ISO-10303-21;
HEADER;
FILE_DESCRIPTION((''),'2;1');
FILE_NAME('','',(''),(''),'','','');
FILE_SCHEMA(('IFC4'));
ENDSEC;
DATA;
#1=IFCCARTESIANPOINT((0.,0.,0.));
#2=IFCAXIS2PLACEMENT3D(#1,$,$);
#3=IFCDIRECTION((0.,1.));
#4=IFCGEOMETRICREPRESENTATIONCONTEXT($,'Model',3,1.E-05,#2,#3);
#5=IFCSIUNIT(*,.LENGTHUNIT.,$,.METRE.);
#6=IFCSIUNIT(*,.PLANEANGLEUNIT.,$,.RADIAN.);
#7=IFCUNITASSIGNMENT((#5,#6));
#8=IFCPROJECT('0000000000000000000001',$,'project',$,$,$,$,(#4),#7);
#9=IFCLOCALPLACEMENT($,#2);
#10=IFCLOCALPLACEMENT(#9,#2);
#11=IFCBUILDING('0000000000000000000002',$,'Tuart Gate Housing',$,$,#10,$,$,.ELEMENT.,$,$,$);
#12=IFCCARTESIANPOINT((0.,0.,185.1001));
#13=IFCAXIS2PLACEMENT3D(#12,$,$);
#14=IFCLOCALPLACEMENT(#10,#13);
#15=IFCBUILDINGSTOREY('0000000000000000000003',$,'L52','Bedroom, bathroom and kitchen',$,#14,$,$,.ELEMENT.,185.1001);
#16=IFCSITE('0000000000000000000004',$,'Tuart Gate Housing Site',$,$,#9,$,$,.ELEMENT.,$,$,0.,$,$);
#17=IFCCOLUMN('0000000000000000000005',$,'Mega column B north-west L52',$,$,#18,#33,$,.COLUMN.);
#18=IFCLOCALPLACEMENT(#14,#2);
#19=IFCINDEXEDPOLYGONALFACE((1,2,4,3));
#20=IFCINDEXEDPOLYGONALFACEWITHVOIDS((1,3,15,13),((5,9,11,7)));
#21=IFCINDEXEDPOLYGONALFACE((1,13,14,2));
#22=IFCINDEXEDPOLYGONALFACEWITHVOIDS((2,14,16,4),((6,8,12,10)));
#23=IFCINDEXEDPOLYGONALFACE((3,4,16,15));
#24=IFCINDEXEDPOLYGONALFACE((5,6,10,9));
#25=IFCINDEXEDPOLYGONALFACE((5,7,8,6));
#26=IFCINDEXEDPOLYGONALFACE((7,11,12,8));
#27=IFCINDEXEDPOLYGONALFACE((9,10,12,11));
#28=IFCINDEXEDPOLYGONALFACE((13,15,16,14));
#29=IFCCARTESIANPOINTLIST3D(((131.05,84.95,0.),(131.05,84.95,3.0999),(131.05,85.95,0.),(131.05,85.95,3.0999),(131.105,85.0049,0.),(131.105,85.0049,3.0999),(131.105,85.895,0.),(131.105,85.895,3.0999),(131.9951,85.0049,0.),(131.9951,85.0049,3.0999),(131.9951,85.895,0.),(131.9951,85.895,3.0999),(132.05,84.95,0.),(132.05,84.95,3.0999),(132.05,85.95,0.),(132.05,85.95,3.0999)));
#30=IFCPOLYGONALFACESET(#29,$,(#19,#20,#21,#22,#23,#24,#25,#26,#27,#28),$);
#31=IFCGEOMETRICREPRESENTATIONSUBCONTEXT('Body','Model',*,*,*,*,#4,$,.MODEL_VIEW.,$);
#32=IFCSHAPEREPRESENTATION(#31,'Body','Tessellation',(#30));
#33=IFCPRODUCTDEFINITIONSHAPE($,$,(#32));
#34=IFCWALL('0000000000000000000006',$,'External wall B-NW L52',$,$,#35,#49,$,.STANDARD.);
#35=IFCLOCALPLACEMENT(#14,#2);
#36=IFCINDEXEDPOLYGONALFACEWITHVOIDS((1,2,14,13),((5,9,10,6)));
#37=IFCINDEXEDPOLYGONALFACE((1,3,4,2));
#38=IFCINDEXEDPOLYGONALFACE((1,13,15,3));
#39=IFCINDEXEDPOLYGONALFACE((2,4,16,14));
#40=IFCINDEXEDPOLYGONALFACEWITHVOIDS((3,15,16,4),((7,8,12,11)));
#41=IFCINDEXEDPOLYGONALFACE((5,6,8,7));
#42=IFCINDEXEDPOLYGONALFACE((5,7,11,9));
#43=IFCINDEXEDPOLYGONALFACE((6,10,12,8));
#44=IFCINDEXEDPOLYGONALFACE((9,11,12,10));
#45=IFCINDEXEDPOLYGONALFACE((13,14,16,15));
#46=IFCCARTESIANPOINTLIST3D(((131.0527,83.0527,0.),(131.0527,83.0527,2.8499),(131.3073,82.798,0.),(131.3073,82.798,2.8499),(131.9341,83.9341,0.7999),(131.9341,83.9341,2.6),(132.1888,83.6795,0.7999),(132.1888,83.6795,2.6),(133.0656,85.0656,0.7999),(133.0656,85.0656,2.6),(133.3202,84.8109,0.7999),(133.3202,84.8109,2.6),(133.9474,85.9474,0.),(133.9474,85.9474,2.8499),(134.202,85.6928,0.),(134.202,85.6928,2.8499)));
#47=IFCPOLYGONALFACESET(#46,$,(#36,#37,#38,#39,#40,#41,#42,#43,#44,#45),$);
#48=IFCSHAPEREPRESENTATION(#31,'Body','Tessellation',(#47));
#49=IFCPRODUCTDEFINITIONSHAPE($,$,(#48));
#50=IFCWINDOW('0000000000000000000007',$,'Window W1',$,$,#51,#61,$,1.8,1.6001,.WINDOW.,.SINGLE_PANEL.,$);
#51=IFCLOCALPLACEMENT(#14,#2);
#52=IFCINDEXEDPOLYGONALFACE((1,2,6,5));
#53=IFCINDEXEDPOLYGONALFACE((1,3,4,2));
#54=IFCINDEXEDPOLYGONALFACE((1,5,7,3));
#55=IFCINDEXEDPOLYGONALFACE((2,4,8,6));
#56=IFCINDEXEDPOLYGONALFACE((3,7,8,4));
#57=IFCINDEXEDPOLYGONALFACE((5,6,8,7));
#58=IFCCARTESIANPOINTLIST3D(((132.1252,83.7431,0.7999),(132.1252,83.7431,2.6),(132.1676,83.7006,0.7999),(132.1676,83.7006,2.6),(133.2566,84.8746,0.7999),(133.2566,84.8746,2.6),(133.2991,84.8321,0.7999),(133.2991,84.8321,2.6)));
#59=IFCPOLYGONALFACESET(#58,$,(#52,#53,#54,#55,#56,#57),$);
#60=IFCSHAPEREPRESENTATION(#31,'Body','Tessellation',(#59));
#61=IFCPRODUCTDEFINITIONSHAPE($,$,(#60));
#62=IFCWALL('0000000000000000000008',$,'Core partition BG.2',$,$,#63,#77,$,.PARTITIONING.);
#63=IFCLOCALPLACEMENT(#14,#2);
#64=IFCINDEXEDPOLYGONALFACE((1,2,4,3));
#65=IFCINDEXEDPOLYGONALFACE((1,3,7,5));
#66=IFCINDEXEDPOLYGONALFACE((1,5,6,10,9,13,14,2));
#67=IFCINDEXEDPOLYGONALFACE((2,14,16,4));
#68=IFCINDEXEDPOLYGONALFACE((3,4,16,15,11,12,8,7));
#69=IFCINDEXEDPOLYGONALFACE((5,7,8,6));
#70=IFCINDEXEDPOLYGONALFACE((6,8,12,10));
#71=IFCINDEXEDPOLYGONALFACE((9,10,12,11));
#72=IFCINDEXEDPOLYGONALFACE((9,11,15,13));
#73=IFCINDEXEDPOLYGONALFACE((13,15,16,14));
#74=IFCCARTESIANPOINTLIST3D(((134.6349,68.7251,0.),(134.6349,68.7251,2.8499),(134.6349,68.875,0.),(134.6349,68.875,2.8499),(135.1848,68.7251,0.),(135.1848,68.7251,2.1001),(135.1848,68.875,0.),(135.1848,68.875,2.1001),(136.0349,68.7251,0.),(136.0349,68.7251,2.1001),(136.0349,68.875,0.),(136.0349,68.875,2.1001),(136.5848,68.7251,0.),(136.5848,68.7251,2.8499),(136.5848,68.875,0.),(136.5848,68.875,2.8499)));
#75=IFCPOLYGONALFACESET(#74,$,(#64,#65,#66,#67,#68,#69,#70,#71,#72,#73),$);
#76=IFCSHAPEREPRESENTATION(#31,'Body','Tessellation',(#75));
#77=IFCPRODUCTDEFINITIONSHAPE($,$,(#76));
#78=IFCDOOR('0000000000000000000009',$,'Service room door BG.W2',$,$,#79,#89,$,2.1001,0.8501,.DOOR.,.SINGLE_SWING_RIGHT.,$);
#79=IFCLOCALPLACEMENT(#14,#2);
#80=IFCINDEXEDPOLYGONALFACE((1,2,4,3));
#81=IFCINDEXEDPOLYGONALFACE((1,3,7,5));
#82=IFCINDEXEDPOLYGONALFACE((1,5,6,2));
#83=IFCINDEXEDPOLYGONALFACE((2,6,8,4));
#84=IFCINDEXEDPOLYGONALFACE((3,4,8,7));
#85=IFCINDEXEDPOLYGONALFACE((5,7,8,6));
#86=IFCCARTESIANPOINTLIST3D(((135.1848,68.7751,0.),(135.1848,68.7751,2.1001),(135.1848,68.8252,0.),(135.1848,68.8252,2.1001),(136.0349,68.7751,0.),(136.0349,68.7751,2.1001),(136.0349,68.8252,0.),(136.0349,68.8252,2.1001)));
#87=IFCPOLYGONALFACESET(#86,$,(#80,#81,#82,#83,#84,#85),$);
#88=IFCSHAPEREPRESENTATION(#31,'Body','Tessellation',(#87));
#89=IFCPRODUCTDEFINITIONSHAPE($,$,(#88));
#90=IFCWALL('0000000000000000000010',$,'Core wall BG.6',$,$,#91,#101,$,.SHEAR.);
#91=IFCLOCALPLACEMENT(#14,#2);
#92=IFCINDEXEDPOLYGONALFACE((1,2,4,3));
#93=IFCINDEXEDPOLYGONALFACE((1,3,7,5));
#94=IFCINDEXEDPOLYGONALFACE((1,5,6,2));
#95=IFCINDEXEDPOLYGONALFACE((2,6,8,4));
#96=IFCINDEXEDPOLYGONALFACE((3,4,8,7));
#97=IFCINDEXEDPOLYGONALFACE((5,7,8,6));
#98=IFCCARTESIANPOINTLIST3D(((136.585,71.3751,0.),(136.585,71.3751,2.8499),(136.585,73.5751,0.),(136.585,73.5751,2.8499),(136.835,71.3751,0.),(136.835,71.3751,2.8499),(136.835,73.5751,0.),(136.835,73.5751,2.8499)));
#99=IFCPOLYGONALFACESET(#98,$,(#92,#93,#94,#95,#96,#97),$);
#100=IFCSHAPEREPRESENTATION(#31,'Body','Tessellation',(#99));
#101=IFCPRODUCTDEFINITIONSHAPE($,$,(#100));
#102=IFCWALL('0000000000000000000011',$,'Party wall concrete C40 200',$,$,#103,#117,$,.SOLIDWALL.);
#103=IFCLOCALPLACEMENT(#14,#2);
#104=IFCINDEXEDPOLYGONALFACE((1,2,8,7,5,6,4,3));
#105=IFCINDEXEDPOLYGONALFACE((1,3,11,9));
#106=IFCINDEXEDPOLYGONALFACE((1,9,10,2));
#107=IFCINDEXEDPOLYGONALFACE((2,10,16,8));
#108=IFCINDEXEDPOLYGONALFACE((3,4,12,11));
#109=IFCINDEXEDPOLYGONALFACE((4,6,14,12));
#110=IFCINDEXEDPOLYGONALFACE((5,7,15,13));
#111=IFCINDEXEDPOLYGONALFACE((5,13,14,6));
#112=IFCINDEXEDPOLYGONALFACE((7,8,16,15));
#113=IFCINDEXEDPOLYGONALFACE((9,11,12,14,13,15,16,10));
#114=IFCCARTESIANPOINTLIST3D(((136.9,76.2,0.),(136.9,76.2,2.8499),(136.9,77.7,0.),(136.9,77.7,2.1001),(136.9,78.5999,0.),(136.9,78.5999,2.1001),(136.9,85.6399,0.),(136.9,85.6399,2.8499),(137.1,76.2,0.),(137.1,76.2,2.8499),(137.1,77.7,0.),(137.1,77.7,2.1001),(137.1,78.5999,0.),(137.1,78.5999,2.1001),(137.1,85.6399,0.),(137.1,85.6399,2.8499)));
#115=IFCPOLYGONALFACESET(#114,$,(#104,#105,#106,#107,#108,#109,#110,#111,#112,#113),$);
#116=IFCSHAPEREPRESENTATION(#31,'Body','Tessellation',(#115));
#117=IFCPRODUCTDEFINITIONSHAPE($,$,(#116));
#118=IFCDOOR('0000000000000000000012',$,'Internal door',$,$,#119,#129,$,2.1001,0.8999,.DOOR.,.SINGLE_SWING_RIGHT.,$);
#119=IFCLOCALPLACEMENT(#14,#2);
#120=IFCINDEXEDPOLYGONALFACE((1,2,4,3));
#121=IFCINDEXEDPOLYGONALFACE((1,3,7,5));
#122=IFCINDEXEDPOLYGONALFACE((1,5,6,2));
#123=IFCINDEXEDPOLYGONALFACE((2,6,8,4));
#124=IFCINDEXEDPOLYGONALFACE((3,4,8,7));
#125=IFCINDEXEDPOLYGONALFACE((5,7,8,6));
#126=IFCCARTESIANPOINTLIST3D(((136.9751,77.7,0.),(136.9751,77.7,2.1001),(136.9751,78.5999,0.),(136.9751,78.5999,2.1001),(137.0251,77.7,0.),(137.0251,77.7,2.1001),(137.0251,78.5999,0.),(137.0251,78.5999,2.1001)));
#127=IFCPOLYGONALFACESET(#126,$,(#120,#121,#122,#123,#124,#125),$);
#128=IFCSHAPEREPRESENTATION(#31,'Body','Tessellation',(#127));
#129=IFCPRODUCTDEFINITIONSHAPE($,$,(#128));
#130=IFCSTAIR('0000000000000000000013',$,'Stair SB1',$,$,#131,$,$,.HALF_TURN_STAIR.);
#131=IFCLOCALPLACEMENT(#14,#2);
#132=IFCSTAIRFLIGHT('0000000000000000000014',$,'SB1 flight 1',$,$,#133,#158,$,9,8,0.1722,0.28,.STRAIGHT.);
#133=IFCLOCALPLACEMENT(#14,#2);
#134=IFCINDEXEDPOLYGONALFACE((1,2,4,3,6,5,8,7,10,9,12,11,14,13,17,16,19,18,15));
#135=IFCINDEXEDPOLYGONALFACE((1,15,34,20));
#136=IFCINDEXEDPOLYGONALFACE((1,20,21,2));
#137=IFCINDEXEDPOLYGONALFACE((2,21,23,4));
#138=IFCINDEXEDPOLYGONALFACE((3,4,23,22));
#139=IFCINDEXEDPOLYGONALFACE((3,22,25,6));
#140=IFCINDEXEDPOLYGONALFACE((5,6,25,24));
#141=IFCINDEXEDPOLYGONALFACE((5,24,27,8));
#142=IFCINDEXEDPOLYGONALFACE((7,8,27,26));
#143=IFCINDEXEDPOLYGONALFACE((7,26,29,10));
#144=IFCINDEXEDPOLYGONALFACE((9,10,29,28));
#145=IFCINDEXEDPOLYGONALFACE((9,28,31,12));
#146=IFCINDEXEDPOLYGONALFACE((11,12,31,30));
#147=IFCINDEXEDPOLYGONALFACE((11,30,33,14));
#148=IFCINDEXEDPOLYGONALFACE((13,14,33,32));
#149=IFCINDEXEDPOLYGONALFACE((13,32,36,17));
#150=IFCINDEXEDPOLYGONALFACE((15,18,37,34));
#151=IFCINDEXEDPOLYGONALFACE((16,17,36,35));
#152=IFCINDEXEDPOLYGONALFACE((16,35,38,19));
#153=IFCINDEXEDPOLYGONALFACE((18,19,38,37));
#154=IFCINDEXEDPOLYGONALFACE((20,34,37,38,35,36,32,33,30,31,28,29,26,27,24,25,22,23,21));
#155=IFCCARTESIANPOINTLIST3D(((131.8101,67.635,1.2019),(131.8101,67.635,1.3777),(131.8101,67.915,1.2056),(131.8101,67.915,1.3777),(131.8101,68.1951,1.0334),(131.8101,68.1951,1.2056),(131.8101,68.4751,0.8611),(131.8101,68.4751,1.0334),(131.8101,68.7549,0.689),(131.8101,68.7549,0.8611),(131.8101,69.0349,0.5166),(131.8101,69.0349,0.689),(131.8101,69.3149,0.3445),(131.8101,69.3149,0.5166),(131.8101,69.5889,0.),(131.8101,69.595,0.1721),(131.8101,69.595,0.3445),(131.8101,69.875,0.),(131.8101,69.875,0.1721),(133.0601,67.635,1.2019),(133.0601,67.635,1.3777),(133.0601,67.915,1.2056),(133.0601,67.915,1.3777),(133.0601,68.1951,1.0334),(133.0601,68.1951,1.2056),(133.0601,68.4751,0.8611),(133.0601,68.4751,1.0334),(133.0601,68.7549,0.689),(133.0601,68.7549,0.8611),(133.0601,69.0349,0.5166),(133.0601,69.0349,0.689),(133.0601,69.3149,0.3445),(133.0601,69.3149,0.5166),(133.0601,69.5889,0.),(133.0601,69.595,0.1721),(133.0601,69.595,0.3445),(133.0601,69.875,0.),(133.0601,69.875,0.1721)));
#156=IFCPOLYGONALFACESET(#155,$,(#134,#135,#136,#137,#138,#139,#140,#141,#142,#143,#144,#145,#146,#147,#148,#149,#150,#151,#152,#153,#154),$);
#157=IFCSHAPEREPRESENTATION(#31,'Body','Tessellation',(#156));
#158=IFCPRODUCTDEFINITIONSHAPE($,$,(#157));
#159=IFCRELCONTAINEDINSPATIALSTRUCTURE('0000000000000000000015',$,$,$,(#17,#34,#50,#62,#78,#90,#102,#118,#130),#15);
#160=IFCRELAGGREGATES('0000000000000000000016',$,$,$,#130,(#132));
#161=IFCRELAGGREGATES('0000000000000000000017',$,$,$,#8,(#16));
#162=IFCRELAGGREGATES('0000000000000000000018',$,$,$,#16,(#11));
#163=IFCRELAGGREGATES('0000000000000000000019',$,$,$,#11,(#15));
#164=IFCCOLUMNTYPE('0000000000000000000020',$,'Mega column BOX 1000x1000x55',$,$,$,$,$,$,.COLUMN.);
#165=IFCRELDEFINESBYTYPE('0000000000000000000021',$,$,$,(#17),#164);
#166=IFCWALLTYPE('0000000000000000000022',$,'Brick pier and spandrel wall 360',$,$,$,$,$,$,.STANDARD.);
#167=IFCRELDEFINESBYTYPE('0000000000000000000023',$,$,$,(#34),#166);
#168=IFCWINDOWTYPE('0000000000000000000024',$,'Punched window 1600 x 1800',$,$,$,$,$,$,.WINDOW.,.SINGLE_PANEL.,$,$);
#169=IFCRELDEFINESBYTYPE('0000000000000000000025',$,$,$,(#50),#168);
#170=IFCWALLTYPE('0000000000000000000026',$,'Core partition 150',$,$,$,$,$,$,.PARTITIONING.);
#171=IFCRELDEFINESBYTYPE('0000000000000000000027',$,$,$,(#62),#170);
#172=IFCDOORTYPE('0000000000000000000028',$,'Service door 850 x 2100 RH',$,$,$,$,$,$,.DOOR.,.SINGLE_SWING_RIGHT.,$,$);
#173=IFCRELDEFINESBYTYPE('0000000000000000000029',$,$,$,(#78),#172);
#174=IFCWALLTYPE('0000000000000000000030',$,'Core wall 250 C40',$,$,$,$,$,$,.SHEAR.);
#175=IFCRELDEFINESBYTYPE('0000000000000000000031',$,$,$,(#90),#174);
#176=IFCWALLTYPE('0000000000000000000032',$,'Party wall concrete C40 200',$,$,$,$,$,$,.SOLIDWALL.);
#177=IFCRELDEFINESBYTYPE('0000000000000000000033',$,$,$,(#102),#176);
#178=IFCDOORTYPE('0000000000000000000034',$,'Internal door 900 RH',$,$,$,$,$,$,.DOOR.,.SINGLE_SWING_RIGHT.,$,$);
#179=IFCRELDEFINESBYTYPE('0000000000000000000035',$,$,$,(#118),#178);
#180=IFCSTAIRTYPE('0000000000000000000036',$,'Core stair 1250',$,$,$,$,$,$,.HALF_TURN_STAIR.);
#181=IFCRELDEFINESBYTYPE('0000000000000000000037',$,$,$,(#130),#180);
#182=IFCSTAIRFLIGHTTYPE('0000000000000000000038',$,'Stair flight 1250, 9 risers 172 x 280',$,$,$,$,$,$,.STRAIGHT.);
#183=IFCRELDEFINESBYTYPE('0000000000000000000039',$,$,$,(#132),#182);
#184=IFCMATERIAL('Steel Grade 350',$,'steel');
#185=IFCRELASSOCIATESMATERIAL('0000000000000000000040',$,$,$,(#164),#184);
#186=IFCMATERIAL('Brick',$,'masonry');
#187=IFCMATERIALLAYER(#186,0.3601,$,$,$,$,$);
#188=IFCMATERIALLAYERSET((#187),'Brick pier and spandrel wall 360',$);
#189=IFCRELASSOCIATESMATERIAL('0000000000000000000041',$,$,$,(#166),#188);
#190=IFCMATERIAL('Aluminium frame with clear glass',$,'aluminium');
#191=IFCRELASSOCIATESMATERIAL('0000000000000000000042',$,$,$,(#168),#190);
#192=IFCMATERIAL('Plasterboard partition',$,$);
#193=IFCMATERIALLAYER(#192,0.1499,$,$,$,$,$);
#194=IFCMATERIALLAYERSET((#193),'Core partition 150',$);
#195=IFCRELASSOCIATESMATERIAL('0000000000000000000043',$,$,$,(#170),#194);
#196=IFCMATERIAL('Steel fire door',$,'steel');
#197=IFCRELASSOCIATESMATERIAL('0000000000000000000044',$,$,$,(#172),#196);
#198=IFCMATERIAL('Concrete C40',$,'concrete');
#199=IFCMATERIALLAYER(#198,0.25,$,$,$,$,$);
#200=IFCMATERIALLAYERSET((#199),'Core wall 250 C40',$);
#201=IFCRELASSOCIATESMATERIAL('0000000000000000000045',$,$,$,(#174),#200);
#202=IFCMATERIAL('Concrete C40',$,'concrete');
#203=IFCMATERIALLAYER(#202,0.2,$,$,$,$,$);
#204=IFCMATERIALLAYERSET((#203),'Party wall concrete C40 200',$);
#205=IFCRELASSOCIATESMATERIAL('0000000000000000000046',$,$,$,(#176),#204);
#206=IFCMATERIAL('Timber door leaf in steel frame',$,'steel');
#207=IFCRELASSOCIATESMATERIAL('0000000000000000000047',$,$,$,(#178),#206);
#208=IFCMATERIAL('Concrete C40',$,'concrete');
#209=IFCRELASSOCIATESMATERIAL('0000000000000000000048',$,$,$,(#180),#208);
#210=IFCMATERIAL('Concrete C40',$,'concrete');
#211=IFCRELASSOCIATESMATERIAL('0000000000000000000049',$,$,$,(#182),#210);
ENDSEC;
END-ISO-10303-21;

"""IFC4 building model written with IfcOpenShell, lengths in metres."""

from ifc_helpers import new_model, si_unit, direction, frame, frame_2d, origin, origin_2d, place, context, subcontext, project, spatial, polyline, rectangle, hollow_rectangle, outline, extrude, material, layer, layer_set, material_profile, profile_set, type_object, element, fill, aggregate, save


model = new_model("IFC4")

# Units and contexts
model_context = context("Model", 3, precision=1e-05, world=origin(), true_north=direction((0.0, 1.0)))
body_context = subcontext(model_context, "Body", "Model", "MODEL_VIEW")
ifc_project = project(units=[si_unit("LENGTHUNIT", "METRE"), si_unit("PLANEANGLEUNIT", "RADIAN")], contexts=[model_context])

# Site, building, storey
site_placement = place(None, origin())
site = spatial("IfcSite", under=ifc_project, at=site_placement, Name="Tuart Gate Housing Site", CompositionType="ELEMENT", RefElevation=0.0)
building_placement = place(site_placement, origin())
building = spatial("IfcBuilding", under=site, at=building_placement, Name="Tuart Gate Housing", CompositionType="ELEMENT")
storey_placement = place(building_placement, frame((0.0, 0.0, 185.1001)))
storey = spatial("IfcBuildingStorey", under=building, at=storey_placement, Name="L52", Description="Bedroom, bathroom and kitchen", CompositionType="ELEMENT", Elevation=185.1001)

# Column
ifc_material_1 = material(Name="Steel Grade 350", Category="steel")
ifc_material_profile = material_profile(ifc_material_1, hollow_rectangle(XDim=1.0, YDim=1.0, WallThickness=0.0549, at=origin_2d()), Name="BOX 1000x1000x55")
ifc_profile_set = profile_set([ifc_material_profile], Name="Steel Grade 350")
column_type = type_object("IfcColumnType", Name="Mega column BOX 1000x1000x55", PredefinedType="COLUMN", material=ifc_profile_set)
column_placement = place(storey_placement, frame((131.55, 85.45, 0.0), z_axis=(0.0, 0.0, 1.0), x_axis=(1.0, 0.0, 0.0)))
element("IfcColumn", 1, at=column_placement, inside=storey, type_object=column_type, Name="Mega column B north-west L52", PredefinedType="COLUMN", context=body_context, shape_type="SweptSolid", body=[
    extrude(hollow_rectangle(XDim=1.0, YDim=1.0, WallThickness=0.0549, at=origin_2d()), origin(), (0.0, 0.0, 1.0), 3.0999),
])

# Wall, opening, window
ifc_material_2 = material(Name="Brick", Category="masonry")
ifc_layer_1 = layer(ifc_material_2, 0.3601)
ifc_layer_set_1 = layer_set([ifc_layer_1], Name="Brick pier and spandrel wall 360")
wall_type_1 = type_object("IfcWallType", Name="Brick pier and spandrel wall 360", PredefinedType="STANDARD", material=ifc_layer_set_1)
wall_1_placement = place(storey_placement, frame((134.0747, 85.8201, 0.0), z_axis=(0.0, 0.0, 1.0), x_axis=(-0.707107, -0.707107, 0.0)))
wall_1 = element("IfcWall", 2, at=wall_1_placement, inside=storey, type_object=wall_type_1, Name="External wall B-NW L52", PredefinedType="STANDARD", context=body_context, shape_type="SweptSolid", body=[
    extrude(rectangle(XDim=4.0938, YDim=0.3601, at=frame_2d((2.0469, 0.0))), origin(), (0.0, 0.0, 1.0), 2.8499),
])
opening_1_placement = place(wall_1_placement, frame((1.2471, 0.0, 0.8)))
opening_1 = element("IfcOpeningElement", 3, at=opening_1_placement, cuts=wall_1, PredefinedType="OPENING", context=body_context, shape_type="SweptSolid", body=[
    extrude(rectangle(XDim=1.6001, YDim=1.8, at=frame_2d((0.8, 0.8999))), frame((0.0, 0.1899, 0.0), z_axis=(0.0, -1.0, 0.0), x_axis=(1.0, 0.0, 0.0)), (0.0, 0.0, 1.0), 0.3801),
])
ifc_material_3 = material(Name="Aluminium frame with clear glass", Category="aluminium")
window_type = type_object("IfcWindowType", Name="Punched window 1600 x 1800", PartitioningType="SINGLE_PANEL", PredefinedType="WINDOW", material=ifc_material_3)
window_placement = place(opening_1_placement, origin())
window = element("IfcWindow", 4, at=window_placement, inside=storey, type_object=window_type, Name="Window W1", OverallHeight=1.8, OverallWidth=1.6001, PartitioningType="SINGLE_PANEL", PredefinedType="WINDOW", context=body_context, shape_type="SweptSolid", body=[
    extrude(rectangle(XDim=1.6001, YDim=1.8, at=frame_2d((0.8, 0.8999))), frame((0.0, 0.1501, 0.0), z_axis=(0.0, -1.0, 0.0), x_axis=(1.0, 0.0, 0.0)), (0.0, 0.0, 1.0), 0.0601),
])
fill(opening_1, window)

# Wall, opening, door
ifc_material_4 = material(Name="Plasterboard partition")
ifc_layer_2 = layer(ifc_material_4, 0.1499)
ifc_layer_set_2 = layer_set([ifc_layer_2], Name="Core partition 150")
wall_type_2 = type_object("IfcWallType", Name="Core partition 150", PredefinedType="PARTITIONING", material=ifc_layer_set_2)
wall_2_placement = place(storey_placement, frame((136.585, 68.8, 0.0), z_axis=(0.0, 0.0, 1.0), x_axis=(-1.0, 0.0, 0.0)))
wall_2 = element("IfcWall", 5, at=wall_2_placement, inside=storey, type_object=wall_type_2, Name="Core partition BG.2", PredefinedType="PARTITIONING", context=body_context, shape_type="SweptSolid", body=[
    extrude(rectangle(XDim=1.95, YDim=0.1499, at=frame_2d((0.9751, 0.0))), origin(), (0.0, 0.0, 1.0), 2.8499),
])
opening_2_placement = place(wall_2_placement, frame((0.55, 0.0, 0.0)))
opening_2 = element("IfcOpeningElement", 6, at=opening_2_placement, cuts=wall_2, PredefinedType="OPENING", context=body_context, shape_type="SweptSolid", body=[
    extrude(rectangle(XDim=0.8501, YDim=2.1001, at=frame_2d((0.425, 1.05))), frame((0.0, 0.085, 0.0), z_axis=(0.0, -1.0, 0.0), x_axis=(1.0, 0.0, 0.0)), (0.0, 0.0, 1.0), 0.1699),
])
ifc_material_5 = material(Name="Steel fire door", Category="steel")
door_type_1 = type_object("IfcDoorType", Name="Service door 850 x 2100 RH", OperationType="SINGLE_SWING_RIGHT", PredefinedType="DOOR", material=ifc_material_5)
door_1_placement = place(opening_2_placement, frame((0.8501, 0.0, 0.0), z_axis=(0.0, 0.0, 1.0), x_axis=(-1.0, 0.0, 0.0)))
door_1 = element("IfcDoor", 7, at=door_1_placement, inside=storey, type_object=door_type_1, Name="Service room door BG.W2", OperationType="SINGLE_SWING_RIGHT", OverallHeight=2.1001, OverallWidth=0.8501, PredefinedType="DOOR", context=body_context, shape_type="SweptSolid", body=[
    extrude(rectangle(XDim=0.8501, YDim=2.1001, at=frame_2d((0.425, 1.05))), frame((0.0, 0.0251, 0.0), z_axis=(0.0, -1.0, 0.0), x_axis=(1.0, 0.0, 0.0)), (0.0, 0.0, 1.0), 0.05),
])
fill(opening_2, door_1)

# Wall
ifc_material_6 = material(Name="Concrete C40", Category="concrete")
ifc_layer_3 = layer(ifc_material_6, 0.25)
ifc_layer_set_3 = layer_set([ifc_layer_3], Name="Core wall 250 C40")
wall_type_3 = type_object("IfcWallType", Name="Core wall 250 C40", PredefinedType="SHEAR", material=ifc_layer_set_3)
wall_3_placement = place(storey_placement, frame((136.71, 71.375, 0.0), z_axis=(0.0, 0.0, 1.0), x_axis=(0.0, 1.0, 0.0)))
element("IfcWall", 8, at=wall_3_placement, inside=storey, type_object=wall_type_3, Name="Core wall BG.6", PredefinedType="SHEAR", context=body_context, shape_type="SweptSolid", body=[
    extrude(rectangle(XDim=2.2, YDim=0.25, at=frame_2d((1.1001, 0.0))), origin(), (0.0, 0.0, 1.0), 2.8499),
])

# Wall, opening, door
ifc_material_7 = material(Name="Concrete C40", Category="concrete")
ifc_layer_4 = layer(ifc_material_7, 0.2)
ifc_layer_set_4 = layer_set([ifc_layer_4], Name="Party wall concrete C40 200")
wall_type_4 = type_object("IfcWallType", Name="Party wall concrete C40 200", PredefinedType="SOLIDWALL", material=ifc_layer_set_4)
wall_4_placement = place(storey_placement, frame((137.0, 76.2, 0.0), z_axis=(0.0, 0.0, 1.0), x_axis=(0.0, 1.0, 0.0)))
wall_4 = element("IfcWall", 9, at=wall_4_placement, inside=storey, type_object=wall_type_4, Name="Party wall concrete C40 200", PredefinedType="SOLIDWALL", context=body_context, shape_type="SweptSolid", body=[
    extrude(rectangle(XDim=9.4399, YDim=0.2, at=frame_2d((4.72, 0.0))), origin(), (0.0, 0.0, 1.0), 2.8499),
])
opening_3_placement = place(wall_4_placement, frame((1.5, 0.0, 0.0)))
opening_3 = element("IfcOpeningElement", 10, at=opening_3_placement, cuts=wall_4, PredefinedType="OPENING", context=body_context, shape_type="SweptSolid", body=[
    extrude(rectangle(XDim=0.8999, YDim=2.1001, at=frame_2d((0.45, 1.05))), frame((0.0, 0.1099, 0.0), z_axis=(0.0, -1.0, 0.0), x_axis=(1.0, 0.0, 0.0)), (0.0, 0.0, 1.0), 0.22),
])
ifc_material_8 = material(Name="Timber door leaf in steel frame", Category="steel")
door_type_2 = type_object("IfcDoorType", Name="Internal door 900 RH", OperationType="SINGLE_SWING_RIGHT", PredefinedType="DOOR", material=ifc_material_8)
door_2_placement = place(opening_3_placement, frame((0.8999, 0.0, 0.0), z_axis=(0.0, 0.0, 1.0), x_axis=(-1.0, 0.0, 0.0)))
door_2 = element("IfcDoor", 11, at=door_2_placement, inside=storey, type_object=door_type_2, Name="Internal door", OperationType="SINGLE_SWING_RIGHT", OverallHeight=2.1001, OverallWidth=0.8999, PredefinedType="DOOR", context=body_context, shape_type="SweptSolid", body=[
    extrude(rectangle(XDim=0.8999, YDim=2.1001, at=frame_2d((0.45, 1.05))), frame((0.0, 0.0251, 0.0), z_axis=(0.0, -1.0, 0.0), x_axis=(1.0, 0.0, 0.0)), (0.0, 0.0, 1.0), 0.05),
])
fill(opening_3, door_2)

# Stair, stair flight
ifc_material_9 = material(Name="Concrete C40", Category="concrete")
stair_type = type_object("IfcStairType", Name="Core stair 1250", PredefinedType="HALF_TURN_STAIR", material=ifc_material_9)
stair_placement = place(storey_placement, origin())
stair = element("IfcStair", 12, at=stair_placement, inside=storey, type_object=stair_type, Name="Stair SB1", PredefinedType="HALF_TURN_STAIR")
ifc_material_10 = material(Name="Concrete C40", Category="concrete")
stair_flight_type = type_object("IfcStairFlightType", Name="Stair flight 1250, 9 risers 172 x 280", PredefinedType="STRAIGHT", material=ifc_material_10)
stair_flight_placement = place(storey_placement, frame((132.4351, 69.875, 0.0), z_axis=(0.0, 0.0, 1.0), x_axis=(0.0, -1.0, 0.0)))
stair_flight = element("IfcStairFlight", 13, at=stair_flight_placement, type_object=stair_flight_type, Name="SB1 flight 1", NumberOfRisers=9, NumberOfTreads=8, PredefinedType="STRAIGHT", RiserHeight=0.1722, TreadLength=0.28, context=body_context, shape_type="SweptSolid", body=[
    extrude(outline(polyline([(0.0, 0.0), (0.0, 0.1721), (0.28, 0.1721), (0.28, 0.3445), (0.5601, 0.3445), (0.5601, 0.5166), (0.8401, 0.5166), (0.8401, 0.689), (1.1201, 0.689), (1.1201, 0.8611), (1.3999, 0.8611), (1.3999, 1.0334), (1.6799, 1.0334), (1.6799, 1.2056), (1.96, 1.2056), (1.96, 1.3777), (2.24, 1.3777), (2.24, 1.55), (2.24, 1.2019), (0.2861, 0.0), (0.0, 0.0)])), frame((0.0, 0.625, 0.0), z_axis=(0.0, -1.0, 0.0), x_axis=(1.0, 0.0, 0.0)), (0.0, 0.0, 1.0), 1.25),
])
aggregate(stair, [stair_flight])

save(model, "model.ifc")
